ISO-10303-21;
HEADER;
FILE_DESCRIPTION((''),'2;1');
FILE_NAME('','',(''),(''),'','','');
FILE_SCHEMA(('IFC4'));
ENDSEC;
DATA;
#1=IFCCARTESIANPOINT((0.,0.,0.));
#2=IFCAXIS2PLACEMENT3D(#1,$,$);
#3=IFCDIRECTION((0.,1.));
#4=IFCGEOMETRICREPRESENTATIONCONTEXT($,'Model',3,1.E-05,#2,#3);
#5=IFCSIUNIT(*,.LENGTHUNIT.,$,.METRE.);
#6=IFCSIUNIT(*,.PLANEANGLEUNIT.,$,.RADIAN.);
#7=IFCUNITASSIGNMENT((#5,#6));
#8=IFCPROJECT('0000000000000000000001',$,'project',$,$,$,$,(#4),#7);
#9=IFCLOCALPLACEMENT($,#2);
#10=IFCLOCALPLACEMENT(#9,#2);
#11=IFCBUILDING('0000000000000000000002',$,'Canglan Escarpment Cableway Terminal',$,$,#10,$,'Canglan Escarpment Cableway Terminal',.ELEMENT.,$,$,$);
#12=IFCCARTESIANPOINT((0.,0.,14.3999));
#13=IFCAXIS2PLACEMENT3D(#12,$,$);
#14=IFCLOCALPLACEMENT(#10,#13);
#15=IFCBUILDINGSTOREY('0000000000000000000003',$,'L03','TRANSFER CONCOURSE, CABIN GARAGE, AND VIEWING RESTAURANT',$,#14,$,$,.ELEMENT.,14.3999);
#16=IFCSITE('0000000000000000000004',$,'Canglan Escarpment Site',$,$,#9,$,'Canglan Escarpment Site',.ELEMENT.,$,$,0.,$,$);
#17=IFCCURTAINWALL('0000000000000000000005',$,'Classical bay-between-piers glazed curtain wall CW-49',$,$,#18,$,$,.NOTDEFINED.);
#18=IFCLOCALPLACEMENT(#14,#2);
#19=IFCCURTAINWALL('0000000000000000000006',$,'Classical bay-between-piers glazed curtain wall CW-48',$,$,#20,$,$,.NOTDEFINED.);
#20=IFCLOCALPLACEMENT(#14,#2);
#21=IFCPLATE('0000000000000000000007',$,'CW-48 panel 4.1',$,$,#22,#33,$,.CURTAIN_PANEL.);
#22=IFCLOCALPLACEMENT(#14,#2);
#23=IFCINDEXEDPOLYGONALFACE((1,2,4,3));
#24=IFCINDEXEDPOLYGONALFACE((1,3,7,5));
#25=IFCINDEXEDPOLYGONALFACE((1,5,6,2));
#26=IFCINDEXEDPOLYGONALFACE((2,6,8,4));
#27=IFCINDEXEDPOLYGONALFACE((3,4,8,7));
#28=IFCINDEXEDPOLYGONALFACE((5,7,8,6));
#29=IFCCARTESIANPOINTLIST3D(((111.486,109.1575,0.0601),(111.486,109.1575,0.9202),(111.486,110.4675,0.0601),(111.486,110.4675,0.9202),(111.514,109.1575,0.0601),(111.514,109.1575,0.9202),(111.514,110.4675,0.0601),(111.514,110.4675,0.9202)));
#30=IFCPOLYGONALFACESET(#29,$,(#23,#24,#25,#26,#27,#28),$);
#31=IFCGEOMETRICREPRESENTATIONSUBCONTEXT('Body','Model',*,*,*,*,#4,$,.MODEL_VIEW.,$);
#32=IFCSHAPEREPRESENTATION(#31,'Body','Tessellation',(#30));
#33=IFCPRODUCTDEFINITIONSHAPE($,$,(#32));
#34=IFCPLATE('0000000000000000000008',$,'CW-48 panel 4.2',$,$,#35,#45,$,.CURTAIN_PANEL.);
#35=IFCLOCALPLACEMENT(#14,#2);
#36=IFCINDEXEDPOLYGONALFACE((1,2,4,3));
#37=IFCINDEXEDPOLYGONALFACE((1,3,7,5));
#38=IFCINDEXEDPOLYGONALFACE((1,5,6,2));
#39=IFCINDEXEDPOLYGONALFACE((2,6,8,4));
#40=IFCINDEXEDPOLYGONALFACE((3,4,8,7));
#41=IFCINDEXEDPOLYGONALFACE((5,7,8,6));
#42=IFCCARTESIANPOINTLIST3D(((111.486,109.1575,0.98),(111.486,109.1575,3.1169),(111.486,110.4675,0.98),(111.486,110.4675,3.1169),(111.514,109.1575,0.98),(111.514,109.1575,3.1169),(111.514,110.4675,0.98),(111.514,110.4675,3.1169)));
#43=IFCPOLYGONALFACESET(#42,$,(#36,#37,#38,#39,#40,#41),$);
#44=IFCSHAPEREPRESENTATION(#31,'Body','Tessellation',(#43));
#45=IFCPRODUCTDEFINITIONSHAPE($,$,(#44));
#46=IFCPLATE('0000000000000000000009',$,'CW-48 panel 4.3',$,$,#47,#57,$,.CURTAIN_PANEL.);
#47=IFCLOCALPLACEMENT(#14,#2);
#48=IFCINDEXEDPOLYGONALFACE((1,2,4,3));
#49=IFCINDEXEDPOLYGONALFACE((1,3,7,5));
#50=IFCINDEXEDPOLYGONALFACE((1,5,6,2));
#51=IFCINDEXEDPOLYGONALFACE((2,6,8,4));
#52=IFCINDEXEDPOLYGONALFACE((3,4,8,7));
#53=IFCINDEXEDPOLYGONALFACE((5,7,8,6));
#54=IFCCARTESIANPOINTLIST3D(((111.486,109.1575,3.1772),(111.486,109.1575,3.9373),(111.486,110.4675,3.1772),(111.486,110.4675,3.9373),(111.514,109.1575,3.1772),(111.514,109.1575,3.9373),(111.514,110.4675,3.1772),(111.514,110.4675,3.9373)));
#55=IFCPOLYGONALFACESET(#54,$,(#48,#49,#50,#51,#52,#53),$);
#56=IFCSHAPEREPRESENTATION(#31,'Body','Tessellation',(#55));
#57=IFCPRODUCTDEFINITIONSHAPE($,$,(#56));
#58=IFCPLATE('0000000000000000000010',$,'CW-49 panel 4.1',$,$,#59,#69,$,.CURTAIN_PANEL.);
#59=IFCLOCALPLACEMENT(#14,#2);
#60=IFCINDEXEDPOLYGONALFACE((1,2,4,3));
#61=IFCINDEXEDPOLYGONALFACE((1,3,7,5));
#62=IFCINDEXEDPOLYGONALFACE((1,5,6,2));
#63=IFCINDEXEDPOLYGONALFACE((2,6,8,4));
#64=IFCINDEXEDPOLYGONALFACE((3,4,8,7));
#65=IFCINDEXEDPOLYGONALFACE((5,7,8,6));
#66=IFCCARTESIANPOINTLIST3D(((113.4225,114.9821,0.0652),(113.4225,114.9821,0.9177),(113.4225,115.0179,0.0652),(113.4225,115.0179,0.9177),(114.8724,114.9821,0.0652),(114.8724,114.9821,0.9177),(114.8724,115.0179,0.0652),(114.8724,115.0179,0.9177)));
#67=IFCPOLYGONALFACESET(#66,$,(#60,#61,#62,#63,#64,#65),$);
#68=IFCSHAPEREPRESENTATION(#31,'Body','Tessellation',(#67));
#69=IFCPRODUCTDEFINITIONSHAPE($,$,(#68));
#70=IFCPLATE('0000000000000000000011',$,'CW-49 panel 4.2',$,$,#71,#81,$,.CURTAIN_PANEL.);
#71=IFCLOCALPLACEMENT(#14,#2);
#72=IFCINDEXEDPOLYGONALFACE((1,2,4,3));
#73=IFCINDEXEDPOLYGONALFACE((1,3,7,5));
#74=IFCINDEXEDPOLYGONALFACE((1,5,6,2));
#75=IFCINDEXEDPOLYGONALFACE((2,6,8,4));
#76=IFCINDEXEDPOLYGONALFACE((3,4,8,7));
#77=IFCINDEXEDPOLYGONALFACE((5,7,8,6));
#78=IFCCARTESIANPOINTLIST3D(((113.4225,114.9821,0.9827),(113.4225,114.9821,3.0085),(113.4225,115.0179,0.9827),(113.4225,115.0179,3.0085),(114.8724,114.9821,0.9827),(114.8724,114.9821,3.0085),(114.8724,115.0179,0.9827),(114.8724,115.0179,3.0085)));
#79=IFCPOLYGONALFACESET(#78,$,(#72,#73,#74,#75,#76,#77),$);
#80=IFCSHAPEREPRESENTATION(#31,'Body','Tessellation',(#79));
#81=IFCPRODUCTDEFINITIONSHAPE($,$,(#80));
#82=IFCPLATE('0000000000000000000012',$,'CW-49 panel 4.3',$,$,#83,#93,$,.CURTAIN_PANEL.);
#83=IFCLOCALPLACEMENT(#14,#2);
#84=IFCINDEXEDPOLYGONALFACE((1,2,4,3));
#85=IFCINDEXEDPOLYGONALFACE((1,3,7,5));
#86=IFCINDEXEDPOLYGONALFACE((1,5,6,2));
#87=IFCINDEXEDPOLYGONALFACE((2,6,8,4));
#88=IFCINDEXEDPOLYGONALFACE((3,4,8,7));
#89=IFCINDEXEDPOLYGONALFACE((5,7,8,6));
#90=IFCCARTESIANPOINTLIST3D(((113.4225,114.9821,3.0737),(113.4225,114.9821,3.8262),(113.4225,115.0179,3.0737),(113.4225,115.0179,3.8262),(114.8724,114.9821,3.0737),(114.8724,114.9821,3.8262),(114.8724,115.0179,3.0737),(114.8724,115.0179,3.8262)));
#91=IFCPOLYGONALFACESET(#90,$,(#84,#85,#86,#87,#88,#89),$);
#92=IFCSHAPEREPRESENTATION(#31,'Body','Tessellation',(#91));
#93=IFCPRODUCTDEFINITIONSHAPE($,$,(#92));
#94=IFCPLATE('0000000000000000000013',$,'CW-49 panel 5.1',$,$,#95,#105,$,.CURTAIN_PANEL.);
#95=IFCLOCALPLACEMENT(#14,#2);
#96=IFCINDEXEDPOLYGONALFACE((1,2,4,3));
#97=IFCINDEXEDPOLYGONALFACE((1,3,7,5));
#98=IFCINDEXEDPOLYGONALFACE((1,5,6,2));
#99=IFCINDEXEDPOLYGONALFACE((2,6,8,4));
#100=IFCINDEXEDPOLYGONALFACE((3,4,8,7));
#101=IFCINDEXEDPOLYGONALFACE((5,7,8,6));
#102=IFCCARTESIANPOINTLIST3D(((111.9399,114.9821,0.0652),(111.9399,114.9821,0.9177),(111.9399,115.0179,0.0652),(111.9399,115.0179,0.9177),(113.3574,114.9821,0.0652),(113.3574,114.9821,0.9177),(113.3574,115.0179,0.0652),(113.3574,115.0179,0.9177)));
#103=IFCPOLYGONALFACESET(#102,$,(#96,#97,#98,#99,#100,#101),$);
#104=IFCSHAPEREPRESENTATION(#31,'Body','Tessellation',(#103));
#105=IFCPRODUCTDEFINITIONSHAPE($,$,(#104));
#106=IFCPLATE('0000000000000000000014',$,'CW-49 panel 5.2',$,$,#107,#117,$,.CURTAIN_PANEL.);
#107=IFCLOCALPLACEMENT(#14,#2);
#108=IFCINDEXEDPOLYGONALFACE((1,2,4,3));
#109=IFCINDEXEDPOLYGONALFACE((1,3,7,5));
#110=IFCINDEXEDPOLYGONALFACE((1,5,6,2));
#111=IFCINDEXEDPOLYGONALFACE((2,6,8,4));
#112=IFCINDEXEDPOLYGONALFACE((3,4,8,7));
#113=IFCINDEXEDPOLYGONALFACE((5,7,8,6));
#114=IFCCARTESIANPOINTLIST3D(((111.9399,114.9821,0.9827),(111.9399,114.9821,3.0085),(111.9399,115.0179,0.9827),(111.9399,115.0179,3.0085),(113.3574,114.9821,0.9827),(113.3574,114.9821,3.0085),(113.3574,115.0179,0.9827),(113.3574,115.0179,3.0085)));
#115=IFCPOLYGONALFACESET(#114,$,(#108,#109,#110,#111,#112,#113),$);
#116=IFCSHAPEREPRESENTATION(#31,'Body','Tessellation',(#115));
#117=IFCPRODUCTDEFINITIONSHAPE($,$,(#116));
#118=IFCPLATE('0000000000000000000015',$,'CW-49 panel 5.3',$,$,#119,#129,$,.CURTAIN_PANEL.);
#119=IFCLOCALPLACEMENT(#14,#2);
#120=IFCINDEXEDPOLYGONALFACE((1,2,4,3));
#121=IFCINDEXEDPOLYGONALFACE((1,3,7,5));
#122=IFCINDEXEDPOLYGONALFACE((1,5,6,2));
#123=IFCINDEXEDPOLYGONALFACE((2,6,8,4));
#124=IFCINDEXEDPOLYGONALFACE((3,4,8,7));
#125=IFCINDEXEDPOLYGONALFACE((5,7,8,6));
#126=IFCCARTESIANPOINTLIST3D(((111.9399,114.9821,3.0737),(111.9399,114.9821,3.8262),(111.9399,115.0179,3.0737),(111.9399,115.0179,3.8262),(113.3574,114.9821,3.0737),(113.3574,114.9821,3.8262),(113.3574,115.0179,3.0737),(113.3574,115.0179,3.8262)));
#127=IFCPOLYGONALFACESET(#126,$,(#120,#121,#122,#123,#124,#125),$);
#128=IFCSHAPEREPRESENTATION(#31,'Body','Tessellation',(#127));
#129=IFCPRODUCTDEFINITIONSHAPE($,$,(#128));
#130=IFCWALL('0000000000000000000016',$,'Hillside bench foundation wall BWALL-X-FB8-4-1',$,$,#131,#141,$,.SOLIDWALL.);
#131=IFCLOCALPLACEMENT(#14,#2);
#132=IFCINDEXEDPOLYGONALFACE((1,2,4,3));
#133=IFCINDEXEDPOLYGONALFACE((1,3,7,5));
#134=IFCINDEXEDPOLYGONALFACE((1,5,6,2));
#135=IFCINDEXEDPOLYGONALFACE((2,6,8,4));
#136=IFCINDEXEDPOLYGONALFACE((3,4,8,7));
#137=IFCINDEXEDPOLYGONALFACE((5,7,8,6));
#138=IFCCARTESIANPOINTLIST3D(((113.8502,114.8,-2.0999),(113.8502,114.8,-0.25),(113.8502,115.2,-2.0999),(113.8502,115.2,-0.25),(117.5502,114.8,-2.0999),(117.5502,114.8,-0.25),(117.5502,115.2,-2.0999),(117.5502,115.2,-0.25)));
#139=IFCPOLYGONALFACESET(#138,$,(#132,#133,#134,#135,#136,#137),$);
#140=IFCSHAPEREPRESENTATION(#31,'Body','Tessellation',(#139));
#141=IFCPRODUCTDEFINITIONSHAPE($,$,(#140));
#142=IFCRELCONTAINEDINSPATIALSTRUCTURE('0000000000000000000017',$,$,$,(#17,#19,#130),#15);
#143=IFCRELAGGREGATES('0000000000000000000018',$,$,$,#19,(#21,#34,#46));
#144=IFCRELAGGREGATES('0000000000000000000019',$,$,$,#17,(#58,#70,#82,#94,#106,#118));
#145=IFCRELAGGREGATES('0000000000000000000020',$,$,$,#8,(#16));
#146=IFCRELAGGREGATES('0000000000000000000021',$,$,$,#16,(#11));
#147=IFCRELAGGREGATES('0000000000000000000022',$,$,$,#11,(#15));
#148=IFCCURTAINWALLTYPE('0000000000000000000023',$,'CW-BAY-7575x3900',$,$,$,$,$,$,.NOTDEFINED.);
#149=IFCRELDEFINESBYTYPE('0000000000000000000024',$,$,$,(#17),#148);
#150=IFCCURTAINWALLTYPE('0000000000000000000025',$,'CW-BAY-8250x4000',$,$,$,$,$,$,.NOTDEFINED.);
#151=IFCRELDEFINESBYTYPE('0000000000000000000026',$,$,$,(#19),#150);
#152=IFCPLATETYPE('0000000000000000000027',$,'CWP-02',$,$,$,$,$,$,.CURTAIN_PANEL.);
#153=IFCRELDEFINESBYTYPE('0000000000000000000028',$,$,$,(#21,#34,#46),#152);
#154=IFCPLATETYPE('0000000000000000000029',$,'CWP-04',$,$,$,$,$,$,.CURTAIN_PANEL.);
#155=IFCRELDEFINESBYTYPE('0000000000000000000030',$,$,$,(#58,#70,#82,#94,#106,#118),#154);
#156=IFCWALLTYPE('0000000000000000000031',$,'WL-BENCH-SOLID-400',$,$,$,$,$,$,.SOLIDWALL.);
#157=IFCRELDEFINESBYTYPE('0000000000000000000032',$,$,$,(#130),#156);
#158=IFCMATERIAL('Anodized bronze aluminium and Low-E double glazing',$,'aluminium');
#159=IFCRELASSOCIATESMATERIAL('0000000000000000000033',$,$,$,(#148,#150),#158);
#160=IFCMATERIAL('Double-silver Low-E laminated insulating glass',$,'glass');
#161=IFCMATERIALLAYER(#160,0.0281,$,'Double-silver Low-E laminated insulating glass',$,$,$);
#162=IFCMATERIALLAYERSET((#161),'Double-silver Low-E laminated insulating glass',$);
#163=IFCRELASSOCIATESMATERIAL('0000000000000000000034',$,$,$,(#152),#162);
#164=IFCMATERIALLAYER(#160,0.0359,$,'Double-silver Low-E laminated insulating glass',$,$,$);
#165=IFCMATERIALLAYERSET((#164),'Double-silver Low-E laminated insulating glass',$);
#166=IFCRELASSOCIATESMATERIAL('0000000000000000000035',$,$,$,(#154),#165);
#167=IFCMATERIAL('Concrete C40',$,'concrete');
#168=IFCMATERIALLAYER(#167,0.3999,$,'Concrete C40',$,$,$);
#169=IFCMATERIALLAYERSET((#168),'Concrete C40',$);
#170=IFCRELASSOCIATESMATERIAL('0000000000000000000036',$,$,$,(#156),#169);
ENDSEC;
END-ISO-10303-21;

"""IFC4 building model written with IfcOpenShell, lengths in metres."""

from ifc_helpers import new_model, si_unit, direction, frame, frame_2d, origin, origin_2d, place, context, subcontext, project, spatial, rectangle, extrude, material, layer, layer_set, type_object, element, aggregate, save


model = new_model("IFC4")

# Units and contexts
model_context = context("Model", 3, precision=1e-05, world=origin(), true_north=direction((0.0, 1.0)))
body_context = subcontext(model_context, "Body", "Model", "MODEL_VIEW")
ifc_project = project(units=[si_unit("LENGTHUNIT", "METRE"), si_unit("PLANEANGLEUNIT", "RADIAN")], contexts=[model_context])

# Site, building, storey
site_placement = place(None, origin())
site = spatial("IfcSite", under=ifc_project, at=site_placement, Name="Canglan Escarpment Site", LongName="Canglan Escarpment Site", CompositionType="ELEMENT", RefElevation=0.0)
building_placement = place(site_placement, origin())
building = spatial("IfcBuilding", under=site, at=building_placement, Name="Canglan Escarpment Cableway Terminal", LongName="Canglan Escarpment Cableway Terminal", CompositionType="ELEMENT")
storey_placement = place(building_placement, frame((0.0, 0.0, 14.3999)))
storey = spatial("IfcBuildingStorey", under=building, at=storey_placement, Name="L03", Description="TRANSFER CONCOURSE, CABIN GARAGE, AND VIEWING RESTAURANT", CompositionType="ELEMENT", Elevation=14.3999)

# Shared definitions
ifc_material_1 = material(Name="Concrete C40", Category="concrete")

# Curtain walls
ifc_material_2 = material(Name="Anodized bronze aluminium and Low-E double glazing", Category="aluminium")
curtain_wall_type_1 = type_object("IfcCurtainWallType", Name="CW-BAY-7575x3900", PredefinedType="NOTDEFINED", material=ifc_material_2)
curtain_wall_1_placement = place(storey_placement, origin())
curtain_wall_1 = element("IfcCurtainWall", 1, at=curtain_wall_1_placement, inside=storey, type_object=curtain_wall_type_1, Name="Classical bay-between-piers glazed curtain wall CW-49", PredefinedType="NOTDEFINED")
curtain_wall_type_2 = type_object("IfcCurtainWallType", Name="CW-BAY-8250x4000", PredefinedType="NOTDEFINED", material=ifc_material_2)
curtain_wall_2_placement = place(storey_placement, origin())
curtain_wall_2 = element("IfcCurtainWall", 2, at=curtain_wall_2_placement, inside=storey, type_object=curtain_wall_type_2, Name="Classical bay-between-piers glazed curtain wall CW-48", PredefinedType="NOTDEFINED")

# Plates
ifc_material_3 = material(Name="Double-silver Low-E laminated insulating glass", Category="glass")
ifc_layer_1 = layer(ifc_material_3, 0.0281, Name="Double-silver Low-E laminated insulating glass")
ifc_layer_set_1 = layer_set([ifc_layer_1], Name="Double-silver Low-E laminated insulating glass")
plate_type_1 = type_object("IfcPlateType", Name="CWP-02", PredefinedType="CURTAIN_PANEL", material=ifc_layer_set_1)
plate_1_placement = place(storey_placement, frame((111.5, 109.8125, 0.0601), z_axis=(0.0, 0.0, 1.0), x_axis=(0.0, -1.0, 0.0)))
plate_1 = element("IfcPlate", 3, at=plate_1_placement, type_object=plate_type_1, Name="CW-48 panel 4.1", PredefinedType="CURTAIN_PANEL", context=body_context, shape_type="SweptSolid", body=[
    extrude(rectangle(XDim=1.3101, YDim=0.0281, at=origin_2d()), origin(), (0.0, 0.0, 1.0), 0.8601),
])
plate_2_placement = place(storey_placement, frame((111.5, 109.8125, 0.98), z_axis=(0.0, 0.0, 1.0), x_axis=(0.0, -1.0, 0.0)))
plate_2 = element("IfcPlate", 4, at=plate_2_placement, type_object=plate_type_1, Name="CW-48 panel 4.2", PredefinedType="CURTAIN_PANEL", context=body_context, shape_type="SweptSolid", body=[
    extrude(rectangle(XDim=1.3101, YDim=0.0281, at=origin_2d()), origin(), (0.0, 0.0, 1.0), 2.137),
])
plate_3_placement = place(storey_placement, frame((111.5, 109.8125, 3.1772), z_axis=(0.0, 0.0, 1.0), x_axis=(0.0, -1.0, 0.0)))
plate_3 = element("IfcPlate", 5, at=plate_3_placement, type_object=plate_type_1, Name="CW-48 panel 4.3", PredefinedType="CURTAIN_PANEL", context=body_context, shape_type="SweptSolid", body=[
    extrude(rectangle(XDim=1.3101, YDim=0.0281, at=origin_2d()), origin(), (0.0, 0.0, 1.0), 0.76),
])
aggregate(curtain_wall_2, [plate_1, plate_2, plate_3])
ifc_layer_2 = layer(ifc_material_3, 0.0359, Name="Double-silver Low-E laminated insulating glass")
ifc_layer_set_2 = layer_set([ifc_layer_2], Name="Double-silver Low-E laminated insulating glass")
plate_type_2 = type_object("IfcPlateType", Name="CWP-04", PredefinedType="CURTAIN_PANEL", material=ifc_layer_set_2)
plate_4_placement = place(storey_placement, frame((114.1475, 115.0, 0.0652), z_axis=(0.0, 0.0, 1.0), x_axis=(-1.0, 0.0, 0.0)))
plate_4 = element("IfcPlate", 6, at=plate_4_placement, type_object=plate_type_2, Name="CW-49 panel 4.1", PredefinedType="CURTAIN_PANEL", context=body_context, shape_type="SweptSolid", body=[
    extrude(rectangle(XDim=1.45, YDim=0.0359, at=origin_2d()), origin(), (0.0, 0.0, 1.0), 0.8525),
])
plate_5_placement = place(storey_placement, frame((114.1475, 115.0, 0.9827), z_axis=(0.0, 0.0, 1.0), x_axis=(-1.0, 0.0, 0.0)))
plate_5 = element("IfcPlate", 7, at=plate_5_placement, type_object=plate_type_2, Name="CW-49 panel 4.2", PredefinedType="CURTAIN_PANEL", context=body_context, shape_type="SweptSolid", body=[
    extrude(rectangle(XDim=1.45, YDim=0.0359, at=origin_2d()), origin(), (0.0, 0.0, 1.0), 2.0259),
])
plate_6_placement = place(storey_placement, frame((114.1475, 115.0, 3.0737), z_axis=(0.0, 0.0, 1.0), x_axis=(-1.0, 0.0, 0.0)))
plate_6 = element("IfcPlate", 8, at=plate_6_placement, type_object=plate_type_2, Name="CW-49 panel 4.3", PredefinedType="CURTAIN_PANEL", context=body_context, shape_type="SweptSolid", body=[
    extrude(rectangle(XDim=1.45, YDim=0.0359, at=origin_2d()), origin(), (0.0, 0.0, 1.0), 0.7524),
])
plate_7_placement = place(storey_placement, frame((112.6487, 115.0, 0.0652), z_axis=(0.0, 0.0, 1.0), x_axis=(-1.0, 0.0, 0.0)))
plate_7 = element("IfcPlate", 9, at=plate_7_placement, type_object=plate_type_2, Name="CW-49 panel 5.1", PredefinedType="CURTAIN_PANEL", context=body_context, shape_type="SweptSolid", body=[
    extrude(rectangle(XDim=1.4175, YDim=0.0359, at=origin_2d()), origin(), (0.0, 0.0, 1.0), 0.8525),
])
plate_8_placement = place(storey_placement, frame((112.6487, 115.0, 0.9827), z_axis=(0.0, 0.0, 1.0), x_axis=(-1.0, 0.0, 0.0)))
plate_8 = element("IfcPlate", 10, at=plate_8_placement, type_object=plate_type_2, Name="CW-49 panel 5.2", PredefinedType="CURTAIN_PANEL", context=body_context, shape_type="SweptSolid", body=[
    extrude(rectangle(XDim=1.4175, YDim=0.0359, at=origin_2d()), origin(), (0.0, 0.0, 1.0), 2.0259),
])
plate_9_placement = place(storey_placement, frame((112.6487, 115.0, 3.0737), z_axis=(0.0, 0.0, 1.0), x_axis=(-1.0, 0.0, 0.0)))
plate_9 = element("IfcPlate", 11, at=plate_9_placement, type_object=plate_type_2, Name="CW-49 panel 5.3", PredefinedType="CURTAIN_PANEL", context=body_context, shape_type="SweptSolid", body=[
    extrude(rectangle(XDim=1.4175, YDim=0.0359, at=origin_2d()), origin(), (0.0, 0.0, 1.0), 0.7524),
])
aggregate(curtain_wall_1, [plate_4, plate_5, plate_6, plate_7, plate_8, plate_9])

# Wall
ifc_layer_3 = layer(ifc_material_1, 0.3999, Name="Concrete C40")
ifc_layer_set_3 = layer_set([ifc_layer_3], Name="Concrete C40")
wall_type = type_object("IfcWallType", Name="WL-BENCH-SOLID-400", PredefinedType="SOLIDWALL", material=ifc_layer_set_3)
wall_placement = place(storey_placement, frame((113.8501, 115.0, -2.0999), z_axis=(0.0, 0.0, 1.0), x_axis=(1.0, 0.0, 0.0)))
element("IfcWall", 12, at=wall_placement, inside=storey, type_object=wall_type, Name="Hillside bench foundation wall BWALL-X-FB8-4-1", PredefinedType="SOLIDWALL", context=body_context, shape_type="SweptSolid", body=[
    extrude(rectangle(XDim=3.7, YDim=0.3999, at=frame_2d((1.8501, 0.0))), origin(), (0.0, 0.0, 1.0), 1.8499),
])

save(model, "model.ifc")
